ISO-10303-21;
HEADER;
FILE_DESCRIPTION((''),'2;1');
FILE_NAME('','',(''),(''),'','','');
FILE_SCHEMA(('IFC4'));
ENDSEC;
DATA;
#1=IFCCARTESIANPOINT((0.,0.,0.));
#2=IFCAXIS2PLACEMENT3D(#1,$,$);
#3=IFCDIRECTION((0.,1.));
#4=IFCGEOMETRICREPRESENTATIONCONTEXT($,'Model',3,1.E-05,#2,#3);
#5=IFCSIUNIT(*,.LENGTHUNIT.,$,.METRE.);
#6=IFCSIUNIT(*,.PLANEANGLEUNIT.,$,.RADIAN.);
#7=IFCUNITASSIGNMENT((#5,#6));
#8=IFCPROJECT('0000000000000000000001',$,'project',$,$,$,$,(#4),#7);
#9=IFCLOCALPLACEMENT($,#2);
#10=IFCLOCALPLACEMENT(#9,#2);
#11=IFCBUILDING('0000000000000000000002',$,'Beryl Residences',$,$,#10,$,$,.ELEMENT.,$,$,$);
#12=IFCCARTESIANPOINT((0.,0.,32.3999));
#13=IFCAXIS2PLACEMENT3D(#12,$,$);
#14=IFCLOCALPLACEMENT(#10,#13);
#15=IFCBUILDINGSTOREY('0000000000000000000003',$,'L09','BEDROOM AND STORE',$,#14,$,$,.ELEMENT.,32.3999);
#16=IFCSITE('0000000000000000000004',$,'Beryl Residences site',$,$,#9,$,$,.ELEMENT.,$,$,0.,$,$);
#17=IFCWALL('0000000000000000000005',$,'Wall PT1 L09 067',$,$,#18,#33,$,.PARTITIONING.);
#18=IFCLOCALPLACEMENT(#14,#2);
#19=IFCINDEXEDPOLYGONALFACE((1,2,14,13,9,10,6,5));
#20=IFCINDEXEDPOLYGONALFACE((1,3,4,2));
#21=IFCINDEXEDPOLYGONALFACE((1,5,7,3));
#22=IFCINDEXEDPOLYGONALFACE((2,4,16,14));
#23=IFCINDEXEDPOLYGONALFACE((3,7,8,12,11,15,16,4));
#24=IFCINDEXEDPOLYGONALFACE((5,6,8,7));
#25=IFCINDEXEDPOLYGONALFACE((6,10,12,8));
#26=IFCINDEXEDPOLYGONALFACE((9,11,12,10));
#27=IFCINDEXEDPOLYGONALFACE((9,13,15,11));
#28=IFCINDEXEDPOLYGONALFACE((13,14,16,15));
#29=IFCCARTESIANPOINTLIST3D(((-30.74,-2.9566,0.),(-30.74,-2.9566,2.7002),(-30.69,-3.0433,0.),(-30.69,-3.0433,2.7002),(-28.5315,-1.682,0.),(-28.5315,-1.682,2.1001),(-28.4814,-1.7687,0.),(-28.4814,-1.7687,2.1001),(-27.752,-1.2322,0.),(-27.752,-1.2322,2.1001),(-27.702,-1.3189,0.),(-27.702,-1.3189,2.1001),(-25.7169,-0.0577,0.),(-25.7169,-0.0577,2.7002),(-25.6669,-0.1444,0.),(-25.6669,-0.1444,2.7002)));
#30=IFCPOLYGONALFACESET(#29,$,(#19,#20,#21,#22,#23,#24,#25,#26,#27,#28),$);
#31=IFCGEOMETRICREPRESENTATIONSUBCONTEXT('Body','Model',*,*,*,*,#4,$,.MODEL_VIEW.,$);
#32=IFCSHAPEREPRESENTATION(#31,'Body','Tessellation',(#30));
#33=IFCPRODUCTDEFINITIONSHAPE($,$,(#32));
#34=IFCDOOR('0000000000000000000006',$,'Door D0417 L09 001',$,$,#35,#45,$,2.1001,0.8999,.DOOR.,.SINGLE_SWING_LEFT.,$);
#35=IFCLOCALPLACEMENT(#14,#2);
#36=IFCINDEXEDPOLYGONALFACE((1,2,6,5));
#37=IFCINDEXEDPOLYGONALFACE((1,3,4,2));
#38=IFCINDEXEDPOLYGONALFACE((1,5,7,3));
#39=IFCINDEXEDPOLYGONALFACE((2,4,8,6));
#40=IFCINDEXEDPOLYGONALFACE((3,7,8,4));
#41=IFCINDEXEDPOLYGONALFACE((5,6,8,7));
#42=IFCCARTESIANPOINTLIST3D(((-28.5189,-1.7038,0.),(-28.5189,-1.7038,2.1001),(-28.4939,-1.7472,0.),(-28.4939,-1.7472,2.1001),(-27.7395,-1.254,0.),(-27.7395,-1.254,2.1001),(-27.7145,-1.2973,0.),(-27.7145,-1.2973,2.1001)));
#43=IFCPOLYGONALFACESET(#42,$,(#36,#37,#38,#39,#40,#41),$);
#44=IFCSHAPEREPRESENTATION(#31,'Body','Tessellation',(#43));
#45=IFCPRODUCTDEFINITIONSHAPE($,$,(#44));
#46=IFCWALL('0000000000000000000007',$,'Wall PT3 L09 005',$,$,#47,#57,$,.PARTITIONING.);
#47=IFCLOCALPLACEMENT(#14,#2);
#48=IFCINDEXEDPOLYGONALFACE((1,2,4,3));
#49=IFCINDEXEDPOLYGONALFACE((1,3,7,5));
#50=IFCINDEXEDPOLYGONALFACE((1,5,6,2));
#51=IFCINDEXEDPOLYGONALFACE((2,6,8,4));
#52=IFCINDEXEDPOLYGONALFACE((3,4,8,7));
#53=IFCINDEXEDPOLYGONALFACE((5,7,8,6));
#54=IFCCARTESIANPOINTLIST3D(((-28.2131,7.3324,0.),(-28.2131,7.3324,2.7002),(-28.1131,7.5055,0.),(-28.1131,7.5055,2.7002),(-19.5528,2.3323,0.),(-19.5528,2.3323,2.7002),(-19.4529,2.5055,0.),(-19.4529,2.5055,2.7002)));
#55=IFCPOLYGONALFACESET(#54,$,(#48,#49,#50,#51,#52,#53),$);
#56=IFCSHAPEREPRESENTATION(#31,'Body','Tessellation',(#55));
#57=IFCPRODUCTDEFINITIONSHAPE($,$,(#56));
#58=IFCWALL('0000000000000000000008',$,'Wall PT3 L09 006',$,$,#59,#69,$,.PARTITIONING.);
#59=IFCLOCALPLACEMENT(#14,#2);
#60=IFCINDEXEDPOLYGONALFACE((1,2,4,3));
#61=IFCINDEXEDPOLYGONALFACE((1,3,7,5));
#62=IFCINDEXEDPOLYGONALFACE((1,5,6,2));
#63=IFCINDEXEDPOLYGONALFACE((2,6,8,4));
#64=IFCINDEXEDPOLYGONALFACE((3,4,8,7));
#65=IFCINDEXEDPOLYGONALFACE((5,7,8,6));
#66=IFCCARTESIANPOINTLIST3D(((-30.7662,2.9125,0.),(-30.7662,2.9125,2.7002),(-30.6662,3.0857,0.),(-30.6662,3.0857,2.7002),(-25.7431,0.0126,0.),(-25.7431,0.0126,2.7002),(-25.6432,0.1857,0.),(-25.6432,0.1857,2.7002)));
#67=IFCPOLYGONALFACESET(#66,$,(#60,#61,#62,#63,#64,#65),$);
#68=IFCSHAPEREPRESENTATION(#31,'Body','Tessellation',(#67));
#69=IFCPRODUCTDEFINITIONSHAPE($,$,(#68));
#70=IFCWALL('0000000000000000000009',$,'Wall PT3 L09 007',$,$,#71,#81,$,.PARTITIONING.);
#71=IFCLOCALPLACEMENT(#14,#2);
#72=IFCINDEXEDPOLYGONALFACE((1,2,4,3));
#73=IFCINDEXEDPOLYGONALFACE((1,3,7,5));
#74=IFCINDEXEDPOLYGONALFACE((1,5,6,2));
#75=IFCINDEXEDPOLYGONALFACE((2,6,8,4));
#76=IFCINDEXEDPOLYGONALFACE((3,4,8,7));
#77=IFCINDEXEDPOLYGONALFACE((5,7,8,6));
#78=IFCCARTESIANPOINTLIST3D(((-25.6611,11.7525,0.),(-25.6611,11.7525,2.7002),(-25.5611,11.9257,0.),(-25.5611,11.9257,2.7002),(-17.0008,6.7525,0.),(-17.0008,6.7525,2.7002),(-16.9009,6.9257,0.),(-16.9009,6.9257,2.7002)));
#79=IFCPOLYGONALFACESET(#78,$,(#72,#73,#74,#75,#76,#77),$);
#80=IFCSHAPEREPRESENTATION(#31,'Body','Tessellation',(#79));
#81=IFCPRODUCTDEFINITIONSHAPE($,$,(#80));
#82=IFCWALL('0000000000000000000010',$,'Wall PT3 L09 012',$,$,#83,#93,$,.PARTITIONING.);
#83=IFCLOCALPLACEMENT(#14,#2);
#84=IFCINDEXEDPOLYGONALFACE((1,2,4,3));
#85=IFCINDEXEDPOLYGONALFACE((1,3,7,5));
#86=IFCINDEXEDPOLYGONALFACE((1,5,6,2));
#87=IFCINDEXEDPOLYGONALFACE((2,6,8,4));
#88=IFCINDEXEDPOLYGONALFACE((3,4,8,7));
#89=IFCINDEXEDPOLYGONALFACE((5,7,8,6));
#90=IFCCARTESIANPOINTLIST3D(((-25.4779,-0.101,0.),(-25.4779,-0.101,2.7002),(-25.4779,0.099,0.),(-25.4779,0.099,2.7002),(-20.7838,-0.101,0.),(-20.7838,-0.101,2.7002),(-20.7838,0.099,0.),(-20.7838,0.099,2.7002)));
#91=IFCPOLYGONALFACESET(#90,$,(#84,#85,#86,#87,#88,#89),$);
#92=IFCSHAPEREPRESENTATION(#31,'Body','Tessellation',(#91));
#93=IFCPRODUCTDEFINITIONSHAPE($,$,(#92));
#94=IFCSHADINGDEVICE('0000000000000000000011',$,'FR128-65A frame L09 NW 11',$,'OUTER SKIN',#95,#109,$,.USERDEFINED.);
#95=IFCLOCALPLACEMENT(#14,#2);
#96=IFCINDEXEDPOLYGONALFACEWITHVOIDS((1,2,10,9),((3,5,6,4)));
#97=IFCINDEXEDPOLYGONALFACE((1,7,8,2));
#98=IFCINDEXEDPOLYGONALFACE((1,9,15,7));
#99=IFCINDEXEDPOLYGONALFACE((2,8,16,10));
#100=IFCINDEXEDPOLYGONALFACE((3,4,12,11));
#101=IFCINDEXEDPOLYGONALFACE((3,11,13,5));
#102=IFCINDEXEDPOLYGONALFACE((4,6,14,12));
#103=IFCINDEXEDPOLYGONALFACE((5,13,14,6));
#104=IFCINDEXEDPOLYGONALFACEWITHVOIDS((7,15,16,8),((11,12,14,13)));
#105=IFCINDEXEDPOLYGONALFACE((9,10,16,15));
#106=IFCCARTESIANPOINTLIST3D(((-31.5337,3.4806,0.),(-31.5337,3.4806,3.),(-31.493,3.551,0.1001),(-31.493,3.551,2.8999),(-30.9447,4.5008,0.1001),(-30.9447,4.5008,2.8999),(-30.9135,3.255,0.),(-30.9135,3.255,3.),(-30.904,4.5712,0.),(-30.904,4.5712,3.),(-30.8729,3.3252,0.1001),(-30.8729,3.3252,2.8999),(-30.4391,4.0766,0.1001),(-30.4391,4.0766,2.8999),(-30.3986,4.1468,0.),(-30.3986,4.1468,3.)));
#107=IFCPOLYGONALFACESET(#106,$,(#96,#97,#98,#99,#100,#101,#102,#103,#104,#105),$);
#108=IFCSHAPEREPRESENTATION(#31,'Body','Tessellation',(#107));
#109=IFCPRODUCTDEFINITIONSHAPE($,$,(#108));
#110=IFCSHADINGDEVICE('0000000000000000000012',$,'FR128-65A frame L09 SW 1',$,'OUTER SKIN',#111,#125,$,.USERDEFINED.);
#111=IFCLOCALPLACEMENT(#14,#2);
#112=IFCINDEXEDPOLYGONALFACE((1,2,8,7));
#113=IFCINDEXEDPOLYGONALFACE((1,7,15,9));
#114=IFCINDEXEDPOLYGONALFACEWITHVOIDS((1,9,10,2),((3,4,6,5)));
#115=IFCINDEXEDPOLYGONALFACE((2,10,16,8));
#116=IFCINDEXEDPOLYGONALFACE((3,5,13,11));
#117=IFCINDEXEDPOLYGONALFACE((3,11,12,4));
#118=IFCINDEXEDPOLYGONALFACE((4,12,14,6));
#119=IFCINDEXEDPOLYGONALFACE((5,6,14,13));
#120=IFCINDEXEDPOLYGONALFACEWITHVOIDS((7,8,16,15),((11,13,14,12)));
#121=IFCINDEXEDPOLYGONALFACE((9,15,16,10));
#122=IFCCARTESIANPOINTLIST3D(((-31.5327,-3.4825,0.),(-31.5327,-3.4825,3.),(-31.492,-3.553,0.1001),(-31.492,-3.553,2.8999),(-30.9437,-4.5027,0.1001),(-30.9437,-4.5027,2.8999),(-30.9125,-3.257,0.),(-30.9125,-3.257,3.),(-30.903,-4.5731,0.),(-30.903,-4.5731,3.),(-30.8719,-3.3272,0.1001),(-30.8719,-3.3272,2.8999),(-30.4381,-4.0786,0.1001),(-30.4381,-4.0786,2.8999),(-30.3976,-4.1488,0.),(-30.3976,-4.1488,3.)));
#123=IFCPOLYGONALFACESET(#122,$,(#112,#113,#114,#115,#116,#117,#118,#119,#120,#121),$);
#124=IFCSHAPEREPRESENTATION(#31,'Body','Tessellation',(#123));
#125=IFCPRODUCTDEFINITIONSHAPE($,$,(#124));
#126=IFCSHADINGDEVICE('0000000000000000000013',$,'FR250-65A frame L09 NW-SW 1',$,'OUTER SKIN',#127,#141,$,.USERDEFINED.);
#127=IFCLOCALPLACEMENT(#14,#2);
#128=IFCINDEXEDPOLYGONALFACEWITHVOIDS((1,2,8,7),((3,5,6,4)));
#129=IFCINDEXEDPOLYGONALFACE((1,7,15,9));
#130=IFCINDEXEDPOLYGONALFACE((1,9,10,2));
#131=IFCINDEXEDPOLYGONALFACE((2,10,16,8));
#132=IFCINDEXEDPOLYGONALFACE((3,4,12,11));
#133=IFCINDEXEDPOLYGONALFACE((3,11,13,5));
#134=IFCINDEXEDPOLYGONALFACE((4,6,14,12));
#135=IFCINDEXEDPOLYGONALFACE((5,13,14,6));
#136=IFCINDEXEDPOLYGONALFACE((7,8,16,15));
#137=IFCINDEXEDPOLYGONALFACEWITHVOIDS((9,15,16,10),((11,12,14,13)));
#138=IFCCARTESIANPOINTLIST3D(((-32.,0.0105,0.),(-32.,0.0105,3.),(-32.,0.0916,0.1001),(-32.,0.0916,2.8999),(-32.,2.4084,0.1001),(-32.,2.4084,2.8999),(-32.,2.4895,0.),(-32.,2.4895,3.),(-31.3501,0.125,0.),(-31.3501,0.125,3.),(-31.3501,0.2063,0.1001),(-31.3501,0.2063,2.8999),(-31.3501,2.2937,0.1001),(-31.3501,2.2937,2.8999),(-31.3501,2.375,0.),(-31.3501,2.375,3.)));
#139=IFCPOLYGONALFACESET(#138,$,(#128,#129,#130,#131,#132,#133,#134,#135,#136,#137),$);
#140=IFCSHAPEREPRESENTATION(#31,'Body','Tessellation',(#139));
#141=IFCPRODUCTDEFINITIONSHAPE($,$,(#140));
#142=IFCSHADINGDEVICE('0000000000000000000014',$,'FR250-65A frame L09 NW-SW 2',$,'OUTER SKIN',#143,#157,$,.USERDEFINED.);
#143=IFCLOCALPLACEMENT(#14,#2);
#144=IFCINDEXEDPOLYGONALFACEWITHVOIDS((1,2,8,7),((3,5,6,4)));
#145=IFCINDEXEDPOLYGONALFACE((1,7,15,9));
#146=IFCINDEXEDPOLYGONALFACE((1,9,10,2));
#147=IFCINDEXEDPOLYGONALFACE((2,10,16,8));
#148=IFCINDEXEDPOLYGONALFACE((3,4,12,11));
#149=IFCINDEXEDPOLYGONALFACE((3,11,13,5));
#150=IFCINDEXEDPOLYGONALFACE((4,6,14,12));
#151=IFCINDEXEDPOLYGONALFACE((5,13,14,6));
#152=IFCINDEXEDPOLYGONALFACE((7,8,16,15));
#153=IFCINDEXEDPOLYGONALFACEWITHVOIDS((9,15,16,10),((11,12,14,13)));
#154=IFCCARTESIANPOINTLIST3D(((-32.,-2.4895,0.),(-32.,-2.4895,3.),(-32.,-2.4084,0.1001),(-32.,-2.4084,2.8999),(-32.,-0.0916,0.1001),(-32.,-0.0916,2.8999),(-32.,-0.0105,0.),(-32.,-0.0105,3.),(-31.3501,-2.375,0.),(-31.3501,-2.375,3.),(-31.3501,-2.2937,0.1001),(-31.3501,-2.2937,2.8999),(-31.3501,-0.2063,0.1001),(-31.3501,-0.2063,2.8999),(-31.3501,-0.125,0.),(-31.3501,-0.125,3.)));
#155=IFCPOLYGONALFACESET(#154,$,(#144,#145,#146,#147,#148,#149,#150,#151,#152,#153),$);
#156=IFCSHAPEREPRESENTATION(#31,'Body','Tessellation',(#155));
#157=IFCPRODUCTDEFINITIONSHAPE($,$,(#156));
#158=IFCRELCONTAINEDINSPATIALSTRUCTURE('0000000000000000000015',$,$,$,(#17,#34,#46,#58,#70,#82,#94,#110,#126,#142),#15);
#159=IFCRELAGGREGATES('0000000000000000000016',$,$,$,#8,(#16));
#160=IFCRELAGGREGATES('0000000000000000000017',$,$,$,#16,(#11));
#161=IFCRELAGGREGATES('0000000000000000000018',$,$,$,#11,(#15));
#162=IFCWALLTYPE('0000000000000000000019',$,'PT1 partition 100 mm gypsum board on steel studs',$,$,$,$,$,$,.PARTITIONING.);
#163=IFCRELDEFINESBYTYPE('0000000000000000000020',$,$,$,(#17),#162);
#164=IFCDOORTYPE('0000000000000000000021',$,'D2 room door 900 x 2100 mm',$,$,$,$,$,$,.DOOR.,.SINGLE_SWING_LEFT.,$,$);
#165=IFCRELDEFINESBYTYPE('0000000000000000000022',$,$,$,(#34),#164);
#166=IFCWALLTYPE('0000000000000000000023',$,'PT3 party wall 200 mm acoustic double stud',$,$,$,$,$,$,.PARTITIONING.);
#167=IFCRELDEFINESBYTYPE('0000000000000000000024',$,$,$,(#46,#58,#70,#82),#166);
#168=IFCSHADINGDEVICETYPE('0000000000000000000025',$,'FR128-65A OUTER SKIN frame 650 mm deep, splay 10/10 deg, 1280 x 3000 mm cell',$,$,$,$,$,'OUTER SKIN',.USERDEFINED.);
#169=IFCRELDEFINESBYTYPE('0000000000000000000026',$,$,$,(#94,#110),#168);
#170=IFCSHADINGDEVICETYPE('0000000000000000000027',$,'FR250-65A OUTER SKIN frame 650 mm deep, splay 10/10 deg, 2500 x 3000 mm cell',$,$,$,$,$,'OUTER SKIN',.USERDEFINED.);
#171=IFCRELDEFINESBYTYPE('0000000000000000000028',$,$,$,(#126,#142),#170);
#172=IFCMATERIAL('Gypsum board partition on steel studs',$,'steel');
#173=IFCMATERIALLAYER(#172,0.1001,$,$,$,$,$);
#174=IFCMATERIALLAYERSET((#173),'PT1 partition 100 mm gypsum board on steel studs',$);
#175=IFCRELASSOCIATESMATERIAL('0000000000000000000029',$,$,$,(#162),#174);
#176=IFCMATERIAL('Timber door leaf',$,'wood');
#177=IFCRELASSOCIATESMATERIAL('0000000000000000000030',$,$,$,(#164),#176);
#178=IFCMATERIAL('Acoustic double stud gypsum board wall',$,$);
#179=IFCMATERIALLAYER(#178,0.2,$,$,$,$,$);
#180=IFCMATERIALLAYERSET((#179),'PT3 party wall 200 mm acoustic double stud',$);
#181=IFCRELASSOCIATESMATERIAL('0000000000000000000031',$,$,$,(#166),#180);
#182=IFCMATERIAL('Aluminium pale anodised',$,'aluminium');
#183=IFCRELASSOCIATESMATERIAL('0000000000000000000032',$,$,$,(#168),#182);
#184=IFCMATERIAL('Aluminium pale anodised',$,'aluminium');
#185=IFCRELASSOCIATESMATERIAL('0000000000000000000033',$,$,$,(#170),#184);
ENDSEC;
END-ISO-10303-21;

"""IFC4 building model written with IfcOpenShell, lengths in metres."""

from ifc_helpers import new_model, entity, si_unit, direction, frame, frame_2d, origin, place, context, subcontext, project, spatial, rectangle, extrude, source, transform, mapped, material, layer, layer_set, type_object, type_shapes, element, fill, save


model = new_model("IFC4")

# Units and contexts
model_context = context("Model", 3, precision=1e-05, world=origin(), true_north=direction((0.0, 1.0)))
body_context = subcontext(model_context, "Body", "Model", "MODEL_VIEW")
ifc_project = project(units=[si_unit("LENGTHUNIT", "METRE"), si_unit("PLANEANGLEUNIT", "RADIAN")], contexts=[model_context])

# Site, building, storey
site_placement = place(None, origin())
site = spatial("IfcSite", under=ifc_project, at=site_placement, Name="Beryl Residences site", CompositionType="ELEMENT", RefElevation=0.0)
building_placement = place(site_placement, origin())
building = spatial("IfcBuilding", under=site, at=building_placement, Name="Beryl Residences", CompositionType="ELEMENT")
storey_placement = place(building_placement, frame((0.0, 0.0, 32.3999)))
storey = spatial("IfcBuildingStorey", under=building, at=storey_placement, Name="L09", Description="BEDROOM AND STORE", CompositionType="ELEMENT", Elevation=32.3999)

# Wall, opening, door
ifc_material_1 = material(Name="Gypsum board partition on steel studs", Category="steel")
ifc_layer_1 = layer(ifc_material_1, 0.1001)
ifc_layer_set_1 = layer_set([ifc_layer_1], Name="PT1 partition 100 mm gypsum board on steel studs")
wall_type_1 = type_object("IfcWallType", Name="PT1 partition 100 mm gypsum board on steel studs", PredefinedType="PARTITIONING", material=ifc_layer_set_1)
wall_1_placement = place(storey_placement, frame((-30.7151, -3.0, 0.0), z_axis=(0.0, 0.0, 1.0), x_axis=(0.866116, 0.499843, 0.0)))
wall_1 = element("IfcWall", 1, at=wall_1_placement, inside=storey, type_object=wall_type_1, Name="Wall PT1 L09 067", PredefinedType="PARTITIONING", context=body_context, shape_type="SweptSolid", body=[
    extrude(rectangle(XDim=5.7996, YDim=0.1001, at=frame_2d((2.8999, 0.0))), origin(), (0.0, 0.0, 1.0), 2.7002),
])
opening_1_placement = place(wall_1_placement, frame((2.55, 0.0, 0.0)))
opening_1 = element("IfcOpeningElement", 2, at=opening_1_placement, cuts=wall_1, PredefinedType="OPENING", context=body_context, shape_type="SweptSolid", body=[
    extrude(rectangle(XDim=0.8999, YDim=2.1001, at=frame_2d((0.45, 1.05))), frame((0.0, 0.0601, 0.0), z_axis=(0.0, -1.0, 0.0), x_axis=(1.0, 0.0, 0.0)), (0.0, 0.0, 1.0), 0.1201),
])
ifc_material_2 = material(Name="Timber door leaf", Category="wood")
door_type_1 = type_object("IfcDoorType", Name="D2 room door 900 x 2100 mm", OperationType="SINGLE_SWING_LEFT", PredefinedType="DOOR", material=ifc_material_2)
door_1_placement = place(opening_1_placement, origin())
door_1 = element("IfcDoor", 3, at=door_1_placement, inside=storey, type_object=door_type_1, Name="Door D0417 L09 001", OperationType="SINGLE_SWING_LEFT", OverallHeight=2.1001, OverallWidth=0.8999, PredefinedType="DOOR", context=body_context, shape_type="SweptSolid", body=[
    extrude(rectangle(XDim=0.8999, YDim=2.1001, at=frame_2d((0.45, 1.05))), frame((0.0, 0.0249, 0.0), z_axis=(0.0, -1.0, 0.0), x_axis=(1.0, 0.0, 0.0)), (0.0, 0.0, 1.0), 0.05),
])
fill(opening_1, door_1)

# Walls
ifc_material_3 = material(Name="Acoustic double stud gypsum board wall")
ifc_layer_2 = layer(ifc_material_3, 0.2)
ifc_layer_set_2 = layer_set([ifc_layer_2], Name="PT3 party wall 200 mm acoustic double stud")
wall_type_2 = type_object("IfcWallType", Name="PT3 party wall 200 mm acoustic double stud", PredefinedType="PARTITIONING", material=ifc_layer_set_2)
wall_2_placement = place(storey_placement, frame((-28.1631, 7.4189, 0.0), z_axis=(0.0, 0.0, 1.0), x_axis=(0.866023, -0.500004, 0.0)))
element("IfcWall", 4, at=wall_2_placement, inside=storey, type_object=wall_type_2, Name="Wall PT3 L09 005", PredefinedType="PARTITIONING", context=body_context, shape_type="SweptSolid", body=[
    extrude(rectangle(XDim=10.0, YDim=0.2, at=frame_2d((5.0, 0.0))), origin(), (0.0, 0.0, 1.0), 2.7002),
])
wall_3_placement = place(storey_placement, frame((-30.7161, 2.999, 0.0), z_axis=(0.0, 0.0, 1.0), x_axis=(0.866033, -0.499987, 0.0)))
element("IfcWall", 5, at=wall_3_placement, inside=storey, type_object=wall_type_2, Name="Wall PT3 L09 006", PredefinedType="PARTITIONING", context=body_context, shape_type="SweptSolid", body=[
    extrude(rectangle(XDim=5.8, YDim=0.2, at=frame_2d((2.8999, 0.0))), origin(), (0.0, 0.0, 1.0), 2.7002),
])
wall_4_placement = place(storey_placement, frame((-25.6111, 11.8391, 0.0), z_axis=(0.0, 0.0, 1.0), x_axis=(0.866023, -0.500004, 0.0)))
element("IfcWall", 6, at=wall_4_placement, inside=storey, type_object=wall_type_2, Name="Wall PT3 L09 007", PredefinedType="PARTITIONING", context=body_context, shape_type="SweptSolid", body=[
    extrude(rectangle(XDim=10.0, YDim=0.2, at=frame_2d((5.0, 0.0))), origin(), (0.0, 0.0, 1.0), 2.7002),
])
wall_5_placement = place(storey_placement, frame((-25.478, -0.001, 0.0), z_axis=(0.0, 0.0, 1.0), x_axis=(1.0, 0.0, 0.0)))
element("IfcWall", 7, at=wall_5_placement, inside=storey, type_object=wall_type_2, Name="Wall PT3 L09 012", PredefinedType="PARTITIONING", context=body_context, shape_type="SweptSolid", body=[
    extrude(rectangle(XDim=4.6941, YDim=0.2, at=frame_2d((2.3472, 0.0))), origin(), (0.0, 0.0, 1.0), 2.7002),
])

# Shading devices
ifc_material_4 = material(Name="Aluminium pale anodised", Category="aluminium")
shading_device_type_1 = type_object("IfcShadingDeviceType", Name="FR128-65A OUTER SKIN frame 650 mm deep, splay 10/10 deg, 1280 x 3000 mm cell", ElementType="OUTER SKIN", PredefinedType="USERDEFINED", material=ifc_material_4)
cartesian_point_1 = entity("IfcCartesianPoint", [-0.5149, 0.0])
cartesian_point_2 = entity("IfcCartesianPoint", [-0.4338, 0.1001])
cartesian_point_3 = entity("IfcCartesianPoint", [-0.6296, 0.0])
cartesian_point_4 = entity("IfcCartesianPoint", [-0.5483, 0.1001])
shared_shape_1 = source(origin(), body_context, "Body", "SweptSolid", [
    entity("IfcExtrudedAreaSolidTapered", entity("IfcArbitraryProfileDefWithVoids", "AREA", None, entity("IfcPolyline", [cartesian_point_1, entity("IfcCartesianPoint", [0.5149, 0.0]), entity("IfcCartesianPoint", [0.5149, 3.0]), entity("IfcCartesianPoint", [-0.5149, 3.0]), cartesian_point_1]), [entity("IfcPolyline", [cartesian_point_2, entity("IfcCartesianPoint", [0.4338, 0.1001]), entity("IfcCartesianPoint", [0.4338, 2.8999]), entity("IfcCartesianPoint", [-0.4338, 2.8999]), cartesian_point_2])]), entity("IfcAxis2Placement3D", entity("IfcCartesianPoint", [0.0, 0.0, 0.0]), entity("IfcDirection", [0.0, 1.0, 0.0]), entity("IfcDirection", [-1.0, 0.0, 0.0])), entity("IfcDirection", [0.0, 0.0, 1.0]), 0.6499, entity("IfcArbitraryProfileDefWithVoids", "AREA", None, entity("IfcPolyline", [cartesian_point_3, entity("IfcCartesianPoint", [0.6296, 0.0]), entity("IfcCartesianPoint", [0.6296, 3.0]), entity("IfcCartesianPoint", [-0.6296, 3.0]), cartesian_point_3]), [entity("IfcPolyline", [cartesian_point_4, entity("IfcCartesianPoint", [0.5483, 0.1001]), entity("IfcCartesianPoint", [0.5483, 2.8999]), entity("IfcCartesianPoint", [-0.5483, 2.8999]), cartesian_point_4])])),
])
type_shapes(shading_device_type_1, [shared_shape_1])
for number, where, z_axis, x_axis, name in (
    (8, (-30.656, 3.7009, 0.0), (0.0, 0.0, 1.0), (0.5, 0.866025, 0.0), "FR128-65A frame L09 NW 11"),
    (9, (-30.655, -3.7029, 0.0), (0.0, 0.0, 1.0), (-0.5, 0.866025, 0.0), "FR128-65A frame L09 SW 1"),
):
    element("IfcShadingDevice", number, at=place(storey_placement, frame(where, z_axis=z_axis, x_axis=x_axis)), inside=storey, type_object=shading_device_type_1, Name=name, ObjectType="OUTER SKIN", PredefinedType="USERDEFINED", context=body_context, shape_type="MappedRepresentation", body=[
        mapped(shared_shape_1, transform((0.0, 0.0, 0.0))),
    ])
ifc_material_5 = material(Name="Aluminium pale anodised", Category="aluminium")
shading_device_type_2 = type_object("IfcShadingDeviceType", Name="FR250-65A OUTER SKIN frame 650 mm deep, splay 10/10 deg, 2500 x 3000 mm cell", ElementType="OUTER SKIN", PredefinedType="USERDEFINED", material=ifc_material_5)
cartesian_point_5 = entity("IfcCartesianPoint", [-1.125, 0.0])
cartesian_point_6 = entity("IfcCartesianPoint", [-1.0437, 0.1001])
cartesian_point_7 = entity("IfcCartesianPoint", [-1.2395, 0.0])
cartesian_point_8 = entity("IfcCartesianPoint", [-1.1584, 0.1001])
shared_shape_2 = source(origin(), body_context, "Body", "SweptSolid", [
    entity("IfcExtrudedAreaSolidTapered", entity("IfcArbitraryProfileDefWithVoids", "AREA", None, entity("IfcPolyline", [cartesian_point_5, entity("IfcCartesianPoint", [1.125, 0.0]), entity("IfcCartesianPoint", [1.125, 3.0]), entity("IfcCartesianPoint", [-1.125, 3.0]), cartesian_point_5]), [entity("IfcPolyline", [cartesian_point_6, entity("IfcCartesianPoint", [1.0437, 0.1001]), entity("IfcCartesianPoint", [1.0437, 2.8999]), entity("IfcCartesianPoint", [-1.0437, 2.8999]), cartesian_point_6])]), entity("IfcAxis2Placement3D", entity("IfcCartesianPoint", [0.0, 0.0, 0.0]), entity("IfcDirection", [0.0, 1.0, 0.0]), entity("IfcDirection", [-1.0, 0.0, 0.0])), entity("IfcDirection", [0.0, 0.0, 1.0]), 0.6499, entity("IfcArbitraryProfileDefWithVoids", "AREA", None, entity("IfcPolyline", [cartesian_point_7, entity("IfcCartesianPoint", [1.2395, 0.0]), entity("IfcCartesianPoint", [1.2395, 3.0]), entity("IfcCartesianPoint", [-1.2395, 3.0]), cartesian_point_7]), [entity("IfcPolyline", [cartesian_point_8, entity("IfcCartesianPoint", [1.1584, 0.1001]), entity("IfcCartesianPoint", [1.1584, 2.8999]), entity("IfcCartesianPoint", [-1.1584, 2.8999]), cartesian_point_8])])),
])
type_shapes(shading_device_type_2, [shared_shape_2])
for number, where, z_axis, x_axis, name in (
    (10, (-31.3501, 1.25, 0.0), (0.0, 0.0, 1.0), (0.0, 1.0, 0.0), "FR250-65A frame L09 NW-SW 1"),
    (11, (-31.3501, -1.25, 0.0), (0.0, 0.0, 1.0), (0.0, 1.0, 0.0), "FR250-65A frame L09 NW-SW 2"),
):
    element("IfcShadingDevice", number, at=place(storey_placement, frame(where, z_axis=z_axis, x_axis=x_axis)), inside=storey, type_object=shading_device_type_2, Name=name, ObjectType="OUTER SKIN", PredefinedType="USERDEFINED", context=body_context, shape_type="MappedRepresentation", body=[
        mapped(shared_shape_2, transform((0.0, 0.0, 0.0))),
    ])

save(model, "model.ifc")
